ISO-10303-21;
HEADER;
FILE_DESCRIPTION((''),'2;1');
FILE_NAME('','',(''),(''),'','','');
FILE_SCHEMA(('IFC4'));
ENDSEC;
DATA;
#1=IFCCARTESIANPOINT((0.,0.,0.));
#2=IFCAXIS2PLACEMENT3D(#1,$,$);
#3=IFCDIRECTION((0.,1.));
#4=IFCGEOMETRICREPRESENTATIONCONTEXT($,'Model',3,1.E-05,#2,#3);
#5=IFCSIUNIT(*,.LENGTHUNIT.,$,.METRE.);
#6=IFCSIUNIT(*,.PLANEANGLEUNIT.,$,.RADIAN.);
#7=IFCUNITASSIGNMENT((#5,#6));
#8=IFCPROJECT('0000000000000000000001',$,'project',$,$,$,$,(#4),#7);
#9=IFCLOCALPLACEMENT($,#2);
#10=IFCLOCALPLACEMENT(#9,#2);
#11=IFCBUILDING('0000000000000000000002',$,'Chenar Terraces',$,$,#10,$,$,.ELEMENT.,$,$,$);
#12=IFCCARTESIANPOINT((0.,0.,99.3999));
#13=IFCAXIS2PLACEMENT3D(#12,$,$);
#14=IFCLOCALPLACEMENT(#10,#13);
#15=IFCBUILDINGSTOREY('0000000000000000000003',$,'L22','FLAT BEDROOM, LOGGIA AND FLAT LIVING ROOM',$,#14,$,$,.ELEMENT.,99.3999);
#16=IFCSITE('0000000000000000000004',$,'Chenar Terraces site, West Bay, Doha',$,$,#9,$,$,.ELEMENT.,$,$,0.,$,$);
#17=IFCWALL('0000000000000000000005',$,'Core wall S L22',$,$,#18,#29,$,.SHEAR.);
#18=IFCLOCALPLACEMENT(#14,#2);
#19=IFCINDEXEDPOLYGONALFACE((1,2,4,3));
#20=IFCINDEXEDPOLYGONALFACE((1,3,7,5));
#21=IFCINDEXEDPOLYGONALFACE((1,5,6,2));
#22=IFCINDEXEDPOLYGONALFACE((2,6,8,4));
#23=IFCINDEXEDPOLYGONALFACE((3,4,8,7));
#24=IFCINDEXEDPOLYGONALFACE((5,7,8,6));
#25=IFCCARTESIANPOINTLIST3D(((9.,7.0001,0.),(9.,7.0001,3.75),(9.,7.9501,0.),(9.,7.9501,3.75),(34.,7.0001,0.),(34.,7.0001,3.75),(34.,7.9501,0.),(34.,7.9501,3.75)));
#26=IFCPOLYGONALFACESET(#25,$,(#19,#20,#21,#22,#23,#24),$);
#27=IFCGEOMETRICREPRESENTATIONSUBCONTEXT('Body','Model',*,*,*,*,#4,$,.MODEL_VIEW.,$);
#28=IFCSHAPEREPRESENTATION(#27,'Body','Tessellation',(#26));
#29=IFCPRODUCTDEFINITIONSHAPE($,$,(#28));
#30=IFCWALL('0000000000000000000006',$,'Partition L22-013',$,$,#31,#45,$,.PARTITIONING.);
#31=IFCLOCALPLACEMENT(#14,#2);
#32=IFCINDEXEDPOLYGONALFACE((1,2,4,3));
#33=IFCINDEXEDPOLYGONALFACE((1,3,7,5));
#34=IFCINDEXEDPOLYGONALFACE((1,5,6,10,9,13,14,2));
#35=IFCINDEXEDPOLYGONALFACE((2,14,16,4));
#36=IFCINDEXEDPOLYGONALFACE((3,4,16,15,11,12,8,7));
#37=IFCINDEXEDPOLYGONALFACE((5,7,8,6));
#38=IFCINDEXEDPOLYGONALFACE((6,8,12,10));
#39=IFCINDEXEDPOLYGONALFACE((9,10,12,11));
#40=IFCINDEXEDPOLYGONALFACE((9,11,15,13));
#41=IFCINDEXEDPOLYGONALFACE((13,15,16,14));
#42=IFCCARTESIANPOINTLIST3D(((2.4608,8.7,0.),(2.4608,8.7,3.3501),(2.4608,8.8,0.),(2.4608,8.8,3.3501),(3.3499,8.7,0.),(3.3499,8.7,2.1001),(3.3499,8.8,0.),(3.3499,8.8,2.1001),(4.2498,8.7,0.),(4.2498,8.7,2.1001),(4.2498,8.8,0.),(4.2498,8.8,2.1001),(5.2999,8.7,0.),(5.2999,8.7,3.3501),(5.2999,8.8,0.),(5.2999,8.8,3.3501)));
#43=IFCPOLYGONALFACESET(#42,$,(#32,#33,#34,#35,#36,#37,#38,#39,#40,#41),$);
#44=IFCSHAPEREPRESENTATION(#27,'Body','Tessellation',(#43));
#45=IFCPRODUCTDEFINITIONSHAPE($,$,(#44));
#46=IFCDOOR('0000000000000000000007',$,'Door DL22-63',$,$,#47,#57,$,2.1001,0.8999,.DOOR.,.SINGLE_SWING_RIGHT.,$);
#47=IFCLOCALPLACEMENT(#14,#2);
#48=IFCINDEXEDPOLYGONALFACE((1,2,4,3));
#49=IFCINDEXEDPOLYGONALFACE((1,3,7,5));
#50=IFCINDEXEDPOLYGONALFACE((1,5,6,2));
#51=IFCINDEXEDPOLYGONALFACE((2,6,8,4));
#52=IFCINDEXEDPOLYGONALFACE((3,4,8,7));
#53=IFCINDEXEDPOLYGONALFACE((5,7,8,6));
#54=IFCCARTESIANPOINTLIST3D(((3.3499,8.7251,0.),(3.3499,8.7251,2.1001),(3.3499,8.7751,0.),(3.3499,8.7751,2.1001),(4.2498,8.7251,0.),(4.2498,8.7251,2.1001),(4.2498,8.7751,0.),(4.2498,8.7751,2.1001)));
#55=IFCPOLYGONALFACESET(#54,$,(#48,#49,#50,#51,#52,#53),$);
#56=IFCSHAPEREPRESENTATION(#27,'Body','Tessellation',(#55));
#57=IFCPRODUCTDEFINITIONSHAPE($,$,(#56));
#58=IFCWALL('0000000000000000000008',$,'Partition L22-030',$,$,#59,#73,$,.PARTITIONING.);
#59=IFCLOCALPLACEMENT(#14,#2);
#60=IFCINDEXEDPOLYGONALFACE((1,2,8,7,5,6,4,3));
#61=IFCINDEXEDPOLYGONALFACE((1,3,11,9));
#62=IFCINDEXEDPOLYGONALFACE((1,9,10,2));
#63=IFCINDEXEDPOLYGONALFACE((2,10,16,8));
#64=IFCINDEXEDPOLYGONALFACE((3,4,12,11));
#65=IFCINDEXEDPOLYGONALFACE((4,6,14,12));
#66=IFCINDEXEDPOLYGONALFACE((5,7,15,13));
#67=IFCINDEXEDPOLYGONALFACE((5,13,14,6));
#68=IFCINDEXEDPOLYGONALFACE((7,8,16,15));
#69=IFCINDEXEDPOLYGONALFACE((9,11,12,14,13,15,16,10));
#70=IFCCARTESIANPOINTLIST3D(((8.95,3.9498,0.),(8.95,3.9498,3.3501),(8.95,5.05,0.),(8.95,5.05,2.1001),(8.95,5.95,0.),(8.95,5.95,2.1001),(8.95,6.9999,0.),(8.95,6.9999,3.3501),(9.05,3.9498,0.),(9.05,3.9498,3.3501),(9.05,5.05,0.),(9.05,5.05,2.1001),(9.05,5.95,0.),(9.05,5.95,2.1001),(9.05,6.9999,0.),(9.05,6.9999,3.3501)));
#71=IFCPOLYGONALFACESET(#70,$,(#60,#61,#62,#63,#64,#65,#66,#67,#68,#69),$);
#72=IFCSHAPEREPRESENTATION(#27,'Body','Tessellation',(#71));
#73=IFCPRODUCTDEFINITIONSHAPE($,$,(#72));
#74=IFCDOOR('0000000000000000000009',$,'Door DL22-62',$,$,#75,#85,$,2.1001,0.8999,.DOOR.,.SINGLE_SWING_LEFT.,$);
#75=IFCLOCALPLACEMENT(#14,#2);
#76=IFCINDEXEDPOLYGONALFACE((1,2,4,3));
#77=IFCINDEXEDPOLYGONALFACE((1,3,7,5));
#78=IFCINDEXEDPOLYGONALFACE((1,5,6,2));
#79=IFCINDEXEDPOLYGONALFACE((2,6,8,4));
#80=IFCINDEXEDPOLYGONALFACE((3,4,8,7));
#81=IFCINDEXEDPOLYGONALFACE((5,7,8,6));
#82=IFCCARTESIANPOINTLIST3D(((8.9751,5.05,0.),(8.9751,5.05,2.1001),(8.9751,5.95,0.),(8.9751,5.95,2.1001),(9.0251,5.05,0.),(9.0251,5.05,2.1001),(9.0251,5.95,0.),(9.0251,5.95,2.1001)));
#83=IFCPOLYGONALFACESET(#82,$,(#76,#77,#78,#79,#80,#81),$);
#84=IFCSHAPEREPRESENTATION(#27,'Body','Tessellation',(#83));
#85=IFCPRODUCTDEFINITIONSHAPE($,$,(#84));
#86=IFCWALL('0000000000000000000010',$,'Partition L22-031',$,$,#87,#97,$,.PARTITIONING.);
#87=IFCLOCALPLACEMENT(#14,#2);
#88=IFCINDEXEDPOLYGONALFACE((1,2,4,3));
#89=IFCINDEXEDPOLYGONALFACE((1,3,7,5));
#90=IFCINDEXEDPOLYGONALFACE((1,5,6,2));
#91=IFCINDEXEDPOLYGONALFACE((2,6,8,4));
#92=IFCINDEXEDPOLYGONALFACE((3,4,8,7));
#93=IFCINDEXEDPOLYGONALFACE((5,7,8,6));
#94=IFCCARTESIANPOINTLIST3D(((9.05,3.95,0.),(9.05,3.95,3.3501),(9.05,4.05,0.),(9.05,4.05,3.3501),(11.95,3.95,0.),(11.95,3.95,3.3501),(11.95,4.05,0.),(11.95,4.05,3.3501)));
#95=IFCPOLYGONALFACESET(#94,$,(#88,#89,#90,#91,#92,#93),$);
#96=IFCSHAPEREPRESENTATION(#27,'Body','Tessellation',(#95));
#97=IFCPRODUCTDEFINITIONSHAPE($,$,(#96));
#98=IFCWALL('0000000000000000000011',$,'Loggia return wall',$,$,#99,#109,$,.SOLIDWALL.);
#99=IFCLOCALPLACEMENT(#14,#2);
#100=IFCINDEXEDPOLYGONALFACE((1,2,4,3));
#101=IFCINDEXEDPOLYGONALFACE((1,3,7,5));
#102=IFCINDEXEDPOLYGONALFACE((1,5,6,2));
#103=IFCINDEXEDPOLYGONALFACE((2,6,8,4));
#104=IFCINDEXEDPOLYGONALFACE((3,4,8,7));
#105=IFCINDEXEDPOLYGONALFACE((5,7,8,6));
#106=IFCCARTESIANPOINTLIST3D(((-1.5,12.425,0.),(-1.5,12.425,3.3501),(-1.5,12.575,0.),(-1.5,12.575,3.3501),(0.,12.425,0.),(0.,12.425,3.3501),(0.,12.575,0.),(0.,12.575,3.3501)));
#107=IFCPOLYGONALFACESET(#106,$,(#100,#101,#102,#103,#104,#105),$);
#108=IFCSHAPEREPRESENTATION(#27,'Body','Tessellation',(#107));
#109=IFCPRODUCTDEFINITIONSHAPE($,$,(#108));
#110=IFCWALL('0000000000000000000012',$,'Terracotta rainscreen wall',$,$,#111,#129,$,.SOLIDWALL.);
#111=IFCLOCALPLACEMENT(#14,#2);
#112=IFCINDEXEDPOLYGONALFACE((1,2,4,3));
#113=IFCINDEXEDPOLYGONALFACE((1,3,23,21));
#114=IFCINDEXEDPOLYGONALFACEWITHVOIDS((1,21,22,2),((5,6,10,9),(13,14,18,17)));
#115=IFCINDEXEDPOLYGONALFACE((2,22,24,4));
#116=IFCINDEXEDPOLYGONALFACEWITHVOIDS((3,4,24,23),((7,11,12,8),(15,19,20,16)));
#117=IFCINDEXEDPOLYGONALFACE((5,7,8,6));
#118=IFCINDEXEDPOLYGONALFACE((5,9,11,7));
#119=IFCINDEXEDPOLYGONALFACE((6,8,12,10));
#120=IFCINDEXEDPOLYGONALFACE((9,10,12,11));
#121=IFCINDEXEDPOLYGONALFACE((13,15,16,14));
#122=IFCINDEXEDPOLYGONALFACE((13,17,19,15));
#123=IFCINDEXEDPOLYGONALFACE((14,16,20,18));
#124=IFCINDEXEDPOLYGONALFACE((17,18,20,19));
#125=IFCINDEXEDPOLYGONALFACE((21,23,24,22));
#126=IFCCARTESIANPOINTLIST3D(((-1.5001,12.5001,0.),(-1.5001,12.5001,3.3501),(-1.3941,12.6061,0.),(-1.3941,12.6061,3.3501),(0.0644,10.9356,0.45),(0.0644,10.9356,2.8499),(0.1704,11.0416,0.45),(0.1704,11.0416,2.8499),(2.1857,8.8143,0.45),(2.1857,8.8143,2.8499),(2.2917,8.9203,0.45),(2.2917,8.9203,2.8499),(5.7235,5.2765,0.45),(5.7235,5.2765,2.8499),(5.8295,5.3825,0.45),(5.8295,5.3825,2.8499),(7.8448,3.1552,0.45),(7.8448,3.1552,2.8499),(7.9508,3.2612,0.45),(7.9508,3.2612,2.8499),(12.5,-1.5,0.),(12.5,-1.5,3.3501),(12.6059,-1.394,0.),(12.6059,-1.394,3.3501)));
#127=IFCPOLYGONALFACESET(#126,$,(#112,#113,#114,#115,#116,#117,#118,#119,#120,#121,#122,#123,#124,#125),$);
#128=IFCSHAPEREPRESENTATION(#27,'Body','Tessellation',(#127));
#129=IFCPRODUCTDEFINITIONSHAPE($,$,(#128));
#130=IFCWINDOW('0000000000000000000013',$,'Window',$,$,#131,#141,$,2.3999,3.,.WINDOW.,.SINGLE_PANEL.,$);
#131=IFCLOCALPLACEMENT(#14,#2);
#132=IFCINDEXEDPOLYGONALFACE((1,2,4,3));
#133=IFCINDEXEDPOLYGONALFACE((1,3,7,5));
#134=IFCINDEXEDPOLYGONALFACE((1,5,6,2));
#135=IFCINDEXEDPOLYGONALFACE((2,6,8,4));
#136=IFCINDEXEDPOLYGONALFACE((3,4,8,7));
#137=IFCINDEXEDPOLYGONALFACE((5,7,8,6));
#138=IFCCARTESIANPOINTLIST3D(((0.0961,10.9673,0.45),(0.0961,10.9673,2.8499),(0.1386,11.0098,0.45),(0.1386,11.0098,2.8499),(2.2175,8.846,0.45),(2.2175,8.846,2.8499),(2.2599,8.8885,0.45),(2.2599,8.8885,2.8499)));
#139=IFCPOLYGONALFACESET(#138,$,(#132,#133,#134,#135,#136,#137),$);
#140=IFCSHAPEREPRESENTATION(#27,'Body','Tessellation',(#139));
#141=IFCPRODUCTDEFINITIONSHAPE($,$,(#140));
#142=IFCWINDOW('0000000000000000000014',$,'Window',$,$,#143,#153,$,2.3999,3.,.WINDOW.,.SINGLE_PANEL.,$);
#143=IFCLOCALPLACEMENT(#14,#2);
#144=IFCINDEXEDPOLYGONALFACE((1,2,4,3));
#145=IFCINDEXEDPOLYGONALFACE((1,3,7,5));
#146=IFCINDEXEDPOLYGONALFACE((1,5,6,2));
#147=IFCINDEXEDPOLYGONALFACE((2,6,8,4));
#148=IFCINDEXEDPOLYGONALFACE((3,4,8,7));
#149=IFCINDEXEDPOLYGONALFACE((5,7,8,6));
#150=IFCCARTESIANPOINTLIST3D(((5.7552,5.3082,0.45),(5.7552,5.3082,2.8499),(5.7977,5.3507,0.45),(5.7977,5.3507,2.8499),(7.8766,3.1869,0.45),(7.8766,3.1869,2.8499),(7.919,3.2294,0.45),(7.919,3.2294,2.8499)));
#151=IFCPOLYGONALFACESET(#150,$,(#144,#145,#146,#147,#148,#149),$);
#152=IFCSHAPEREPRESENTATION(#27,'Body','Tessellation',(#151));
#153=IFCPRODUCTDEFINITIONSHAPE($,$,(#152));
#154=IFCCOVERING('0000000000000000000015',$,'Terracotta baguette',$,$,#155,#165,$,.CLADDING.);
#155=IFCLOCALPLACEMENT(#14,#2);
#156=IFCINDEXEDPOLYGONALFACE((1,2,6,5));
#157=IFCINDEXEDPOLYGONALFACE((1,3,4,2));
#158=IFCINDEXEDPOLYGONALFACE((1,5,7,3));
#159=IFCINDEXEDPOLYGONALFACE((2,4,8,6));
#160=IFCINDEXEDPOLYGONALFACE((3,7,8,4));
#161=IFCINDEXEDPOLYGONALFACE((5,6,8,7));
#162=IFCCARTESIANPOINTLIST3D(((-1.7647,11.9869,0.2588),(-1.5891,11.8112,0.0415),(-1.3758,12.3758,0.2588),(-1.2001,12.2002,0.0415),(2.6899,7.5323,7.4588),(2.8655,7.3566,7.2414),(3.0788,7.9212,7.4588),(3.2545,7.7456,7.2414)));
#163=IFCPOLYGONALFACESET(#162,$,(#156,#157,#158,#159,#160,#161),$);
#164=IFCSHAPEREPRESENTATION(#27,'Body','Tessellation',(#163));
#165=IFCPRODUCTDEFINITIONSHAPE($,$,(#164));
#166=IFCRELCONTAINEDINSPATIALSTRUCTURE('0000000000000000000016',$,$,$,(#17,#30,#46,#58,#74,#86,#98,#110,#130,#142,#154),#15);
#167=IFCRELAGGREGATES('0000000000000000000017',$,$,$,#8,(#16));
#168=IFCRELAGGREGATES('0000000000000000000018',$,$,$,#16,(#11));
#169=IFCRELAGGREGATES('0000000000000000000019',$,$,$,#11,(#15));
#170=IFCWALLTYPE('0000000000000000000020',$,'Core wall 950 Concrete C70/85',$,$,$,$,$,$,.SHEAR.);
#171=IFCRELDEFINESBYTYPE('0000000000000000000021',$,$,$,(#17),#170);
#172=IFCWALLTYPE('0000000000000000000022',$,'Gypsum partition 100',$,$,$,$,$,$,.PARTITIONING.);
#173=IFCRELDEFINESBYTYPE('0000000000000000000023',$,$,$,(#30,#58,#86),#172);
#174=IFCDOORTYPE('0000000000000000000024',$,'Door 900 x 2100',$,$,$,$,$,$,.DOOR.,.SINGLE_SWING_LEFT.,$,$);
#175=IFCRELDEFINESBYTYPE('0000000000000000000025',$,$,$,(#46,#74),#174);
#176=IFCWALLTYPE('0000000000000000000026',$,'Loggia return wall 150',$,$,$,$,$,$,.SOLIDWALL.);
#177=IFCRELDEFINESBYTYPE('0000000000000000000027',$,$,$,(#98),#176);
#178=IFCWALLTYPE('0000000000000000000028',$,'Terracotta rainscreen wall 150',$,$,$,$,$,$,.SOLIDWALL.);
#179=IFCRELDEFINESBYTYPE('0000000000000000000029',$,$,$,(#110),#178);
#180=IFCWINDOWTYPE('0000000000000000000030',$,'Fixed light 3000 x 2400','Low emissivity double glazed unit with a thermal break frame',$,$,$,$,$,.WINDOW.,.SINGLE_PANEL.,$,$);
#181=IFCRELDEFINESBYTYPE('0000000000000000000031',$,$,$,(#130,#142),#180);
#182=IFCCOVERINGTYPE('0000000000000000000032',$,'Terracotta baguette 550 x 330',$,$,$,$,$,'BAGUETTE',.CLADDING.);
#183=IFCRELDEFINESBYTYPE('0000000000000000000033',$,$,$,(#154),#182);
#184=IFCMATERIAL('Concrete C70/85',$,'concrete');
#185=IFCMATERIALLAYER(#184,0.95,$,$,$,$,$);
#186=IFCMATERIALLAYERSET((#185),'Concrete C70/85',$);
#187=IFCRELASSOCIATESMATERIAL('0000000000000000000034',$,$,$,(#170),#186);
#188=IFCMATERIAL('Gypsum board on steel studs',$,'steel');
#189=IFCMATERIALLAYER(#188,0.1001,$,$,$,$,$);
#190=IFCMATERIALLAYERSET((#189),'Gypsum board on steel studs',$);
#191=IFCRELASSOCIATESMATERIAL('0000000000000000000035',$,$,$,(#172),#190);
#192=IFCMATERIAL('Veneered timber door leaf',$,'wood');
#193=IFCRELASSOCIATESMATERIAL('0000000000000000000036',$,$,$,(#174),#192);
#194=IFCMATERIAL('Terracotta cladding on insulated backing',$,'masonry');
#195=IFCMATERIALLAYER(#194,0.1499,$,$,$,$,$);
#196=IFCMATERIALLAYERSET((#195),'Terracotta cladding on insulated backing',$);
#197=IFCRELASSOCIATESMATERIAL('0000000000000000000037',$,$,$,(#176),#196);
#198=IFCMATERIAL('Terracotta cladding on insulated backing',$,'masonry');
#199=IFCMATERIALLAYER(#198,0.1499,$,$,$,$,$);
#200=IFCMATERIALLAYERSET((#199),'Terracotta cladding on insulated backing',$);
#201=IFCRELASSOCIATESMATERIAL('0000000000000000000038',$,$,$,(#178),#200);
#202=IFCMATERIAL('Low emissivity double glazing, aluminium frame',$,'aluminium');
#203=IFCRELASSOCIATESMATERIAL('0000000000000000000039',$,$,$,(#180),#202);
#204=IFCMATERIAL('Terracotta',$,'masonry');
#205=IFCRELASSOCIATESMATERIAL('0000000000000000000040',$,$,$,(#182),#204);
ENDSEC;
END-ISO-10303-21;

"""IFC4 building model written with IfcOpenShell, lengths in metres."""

from ifc_helpers import new_model, si_unit, direction, frame, frame_2d, origin, origin_2d, place, context, subcontext, project, spatial, rectangle, extrude, material, layer, layer_set, material_profile, profile_set, type_object, element, fill, save


model = new_model("IFC4")

# Units and contexts
model_context = context("Model", 3, precision=1e-05, world=origin(), true_north=direction((0.0, 1.0)))
body_context = subcontext(model_context, "Body", "Model", "MODEL_VIEW")
ifc_project = project(units=[si_unit("LENGTHUNIT", "METRE"), si_unit("PLANEANGLEUNIT", "RADIAN")], contexts=[model_context])

# Site, building, storey
site_placement = place(None, origin())
site = spatial("IfcSite", under=ifc_project, at=site_placement, Name="Chenar Terraces site, West Bay, Doha", CompositionType="ELEMENT", RefElevation=0.0)
building_placement = place(site_placement, origin())
building = spatial("IfcBuilding", under=site, at=building_placement, Name="Chenar Terraces", CompositionType="ELEMENT")
storey_placement = place(building_placement, frame((0.0, 0.0, 99.3999)))
storey = spatial("IfcBuildingStorey", under=building, at=storey_placement, Name="L22", Description="FLAT BEDROOM, LOGGIA AND FLAT LIVING ROOM", CompositionType="ELEMENT", Elevation=99.3999)

# Wall
ifc_material_1 = material(Name="Concrete C70/85", Category="concrete")
ifc_layer_1 = layer(ifc_material_1, 0.95)
ifc_layer_set_1 = layer_set([ifc_layer_1], Name="Concrete C70/85")
wall_type_1 = type_object("IfcWallType", Name="Core wall 950 Concrete C70/85", PredefinedType="SHEAR", material=ifc_layer_set_1)
wall_1_placement = place(storey_placement, frame((9.0, 7.4751, 0.0), z_axis=(0.0, 0.0, 1.0), x_axis=(1.0, 0.0, 0.0)))
element("IfcWall", 1, at=wall_1_placement, inside=storey, type_object=wall_type_1, Name="Core wall S L22", PredefinedType="SHEAR", context=body_context, shape_type="SweptSolid", body=[
    extrude(rectangle(XDim=25.0, YDim=0.95, at=frame_2d((12.5, 0.0))), origin(), (0.0, 0.0, 1.0), 3.75),
])

# Walls, openings, doors
ifc_material_2 = material(Name="Gypsum board on steel studs", Category="steel")
ifc_layer_2 = layer(ifc_material_2, 0.1001)
ifc_layer_set_2 = layer_set([ifc_layer_2], Name="Gypsum board on steel studs")
wall_type_2 = type_object("IfcWallType", Name="Gypsum partition 100", PredefinedType="PARTITIONING", material=ifc_layer_set_2)
wall_2_placement = place(storey_placement, frame((2.4609, 8.75, 0.0), z_axis=(0.0, 0.0, 1.0), x_axis=(1.0, 0.0, 0.0)))
wall_2 = element("IfcWall", 2, at=wall_2_placement, inside=storey, type_object=wall_type_2, Name="Partition L22-013", PredefinedType="PARTITIONING", context=body_context, shape_type="SweptSolid", body=[
    extrude(rectangle(XDim=2.8391, YDim=0.1001, at=frame_2d((1.4194, 0.0))), origin(), (0.0, 0.0, 1.0), 3.3501),
])
opening_1_placement = place(wall_2_placement, frame((0.8889, 0.0, 0.0)))
opening_1 = element("IfcOpeningElement", 3, at=opening_1_placement, cuts=wall_2, PredefinedType="OPENING", context=body_context, shape_type="SweptSolid", body=[
    extrude(rectangle(XDim=0.8999, YDim=2.1001, at=frame_2d((0.45, 1.05))), frame((0.0, 0.0601, 0.0), z_axis=(0.0, -1.0, 0.0), x_axis=(1.0, 0.0, 0.0)), (0.0, 0.0, 1.0), 0.1201),
])
ifc_material_3 = material(Name="Veneered timber door leaf", Category="wood")
door_type_1 = type_object("IfcDoorType", Name="Door 900 x 2100", OperationType="SINGLE_SWING_LEFT", PredefinedType="DOOR", material=ifc_material_3)
door_1_placement = place(opening_1_placement, frame((0.8999, 0.0, 0.0), z_axis=(0.0, 0.0, 1.0), x_axis=(-1.0, 0.0, 0.0)))
door_1 = element("IfcDoor", 4, at=door_1_placement, inside=storey, type_object=door_type_1, Name="Door DL22-63", OperationType="SINGLE_SWING_RIGHT", OverallHeight=2.1001, OverallWidth=0.8999, PredefinedType="DOOR", context=body_context, shape_type="SweptSolid", body=[
    extrude(rectangle(XDim=0.8999, YDim=2.1001, at=frame_2d((0.45, 1.05))), frame((0.0, 0.0249, 0.0), z_axis=(0.0, -1.0, 0.0), x_axis=(1.0, 0.0, 0.0)), (0.0, 0.0, 1.0), 0.05),
])
fill(opening_1, door_1)
wall_3_placement = place(storey_placement, frame((9.0, 3.95, 0.0), z_axis=(0.0, 0.0, 1.0), x_axis=(0.0, 1.0, 0.0)))
wall_3 = element("IfcWall", 5, at=wall_3_placement, inside=storey, type_object=wall_type_2, Name="Partition L22-030", PredefinedType="PARTITIONING", context=body_context, shape_type="SweptSolid", body=[
    extrude(rectangle(XDim=3.05, YDim=0.1001, at=frame_2d((1.5249, 0.0))), origin(), (0.0, 0.0, 1.0), 3.3501),
])
opening_2_placement = place(wall_3_placement, frame((1.1001, 0.0, 0.0)))
opening_2 = element("IfcOpeningElement", 6, at=opening_2_placement, cuts=wall_3, PredefinedType="OPENING", context=body_context, shape_type="SweptSolid", body=[
    extrude(rectangle(XDim=0.8999, YDim=2.1001, at=frame_2d((0.45, 1.05))), frame((0.0, 0.0601, 0.0), z_axis=(0.0, -1.0, 0.0), x_axis=(1.0, 0.0, 0.0)), (0.0, 0.0, 1.0), 0.1201),
])
door_2_placement = place(opening_2_placement, origin())
door_2 = element("IfcDoor", 7, at=door_2_placement, inside=storey, type_object=door_type_1, Name="Door DL22-62", OperationType="SINGLE_SWING_LEFT", OverallHeight=2.1001, OverallWidth=0.8999, PredefinedType="DOOR", context=body_context, shape_type="SweptSolid", body=[
    extrude(rectangle(XDim=0.8999, YDim=2.1001, at=frame_2d((0.45, 1.05))), frame((0.0, 0.0249, 0.0), z_axis=(0.0, -1.0, 0.0), x_axis=(1.0, 0.0, 0.0)), (0.0, 0.0, 1.0), 0.05),
])
fill(opening_2, door_2)

# Walls
wall_4_placement = place(storey_placement, frame((9.05, 4.0, 0.0), z_axis=(0.0, 0.0, 1.0), x_axis=(1.0, 0.0, 0.0)))
element("IfcWall", 8, at=wall_4_placement, inside=storey, type_object=wall_type_2, Name="Partition L22-031", PredefinedType="PARTITIONING", context=body_context, shape_type="SweptSolid", body=[
    extrude(rectangle(XDim=2.8999, YDim=0.1001, at=frame_2d((1.45, 0.0))), origin(), (0.0, 0.0, 1.0), 3.3501),
])
ifc_material_4 = material(Name="Terracotta cladding on insulated backing", Category="masonry")
ifc_layer_3 = layer(ifc_material_4, 0.1499)
ifc_layer_set_3 = layer_set([ifc_layer_3], Name="Terracotta cladding on insulated backing")
wall_type_3 = type_object("IfcWallType", Name="Loggia return wall 150", PredefinedType="SOLIDWALL", material=ifc_layer_set_3)
wall_5_placement = place(storey_placement, frame((-1.5, 12.5, 0.0), z_axis=(0.0, 0.0, 1.0), x_axis=(1.0, 0.0, 0.0)))
element("IfcWall", 9, at=wall_5_placement, inside=storey, type_object=wall_type_3, Name="Loggia return wall", PredefinedType="SOLIDWALL", context=body_context, shape_type="SweptSolid", body=[
    extrude(rectangle(XDim=1.5, YDim=0.1499, at=frame_2d((0.75, 0.0))), origin(), (0.0, 0.0, 1.0), 3.3501),
])

# Wall, openings, windows
ifc_material_5 = material(Name="Terracotta cladding on insulated backing", Category="masonry")
ifc_layer_4 = layer(ifc_material_5, 0.1499)
ifc_layer_set_4 = layer_set([ifc_layer_4], Name="Terracotta cladding on insulated backing")
wall_type_4 = type_object("IfcWallType", Name="Terracotta rainscreen wall 150", PredefinedType="SOLIDWALL", material=ifc_layer_set_4)
wall_6_placement = place(storey_placement, frame((-1.447, 12.553, 0.0), z_axis=(0.0, 0.0, 1.0), x_axis=(0.707107, -0.707107, 0.0)))
wall_6 = element("IfcWall", 10, at=wall_6_placement, inside=storey, type_object=wall_type_4, Name="Terracotta rainscreen wall", PredefinedType="SOLIDWALL", context=body_context, shape_type="SweptSolid", body=[
    extrude(rectangle(XDim=19.7991, YDim=0.1499, at=frame_2d((9.8994, 0.0))), origin(), (0.0, 0.0, 1.0), 3.3501),
])
opening_3_placement = place(wall_6_placement, frame((2.2124, 0.0, 0.45)))
opening_3 = element("IfcOpeningElement", 11, at=opening_3_placement, cuts=wall_6, PredefinedType="OPENING", context=body_context, shape_type="SweptSolid", body=[
    extrude(rectangle(XDim=3.0, YDim=2.3999, at=frame_2d((1.5, 1.2))), frame((0.0, 0.085, 0.0), z_axis=(0.0, -1.0, 0.0), x_axis=(1.0, 0.0, 0.0)), (0.0, 0.0, 1.0), 0.1699),
])
opening_4_placement = place(wall_6_placement, frame((10.2156, 0.0, 0.45)))
opening_4 = element("IfcOpeningElement", 12, at=opening_4_placement, cuts=wall_6, PredefinedType="OPENING", context=body_context, shape_type="SweptSolid", body=[
    extrude(rectangle(XDim=3.0, YDim=2.3999, at=frame_2d((1.5, 1.2))), frame((0.0, 0.085, 0.0), z_axis=(0.0, -1.0, 0.0), x_axis=(1.0, 0.0, 0.0)), (0.0, 0.0, 1.0), 0.1699),
])
ifc_material_6 = material(Name="Low emissivity double glazing, aluminium frame", Category="aluminium")
window_type = type_object("IfcWindowType", Name="Fixed light 3000 x 2400", Description="Low emissivity double glazed unit with a thermal break frame", PartitioningType="SINGLE_PANEL", PredefinedType="WINDOW", material=ifc_material_6)
window_1_placement = place(opening_3_placement, origin())
window_1 = element("IfcWindow", 13, at=window_1_placement, inside=storey, type_object=window_type, Name="Window", OverallHeight=2.3999, OverallWidth=3.0, PartitioningType="SINGLE_PANEL", PredefinedType="WINDOW", context=body_context, shape_type="SweptSolid", body=[
    extrude(rectangle(XDim=3.0, YDim=2.3999, at=frame_2d((1.5, 1.2))), frame((0.0, 0.03, 0.0), z_axis=(0.0, -1.0, 0.0), x_axis=(1.0, 0.0, 0.0)), (0.0, 0.0, 1.0), 0.0601),
])
fill(opening_3, window_1)
window_2_placement = place(opening_4_placement, origin())
window_2 = element("IfcWindow", 14, at=window_2_placement, inside=storey, type_object=window_type, Name="Window", OverallHeight=2.3999, OverallWidth=3.0, PartitioningType="SINGLE_PANEL", PredefinedType="WINDOW", context=body_context, shape_type="SweptSolid", body=[
    extrude(rectangle(XDim=3.0, YDim=2.3999, at=frame_2d((1.5, 1.2))), frame((0.0, 0.03, 0.0), z_axis=(0.0, -1.0, 0.0), x_axis=(1.0, 0.0, 0.0)), (0.0, 0.0, 1.0), 0.0601),
])
fill(opening_4, window_2)

# Covering
ifc_material_7 = material(Name="Terracotta", Category="masonry")
ifc_material_profile = material_profile(ifc_material_7, rectangle(XDim=0.55, YDim=0.3301, at=origin_2d()), Name="Terracotta baguette 550 x 330")
ifc_profile_set = profile_set([ifc_material_profile], Name="Terracotta")
covering_type = type_object("IfcCoveringType", Name="Terracotta baguette 550 x 330", ElementType="BAGUETTE", PredefinedType="CLADDING", material=ifc_profile_set)
covering_1_placement = place(storey_placement, frame((-1.4824, 12.0935, 0.1501), z_axis=(0.465624, -0.465624, 0.752588), x_axis=(0.707107, 0.707107, 0.0)))
element("IfcCovering", 15, at=covering_1_placement, inside=storey, type_object=covering_type, Name="Terracotta baguette", PredefinedType="CLADDING", context=body_context, shape_type="SweptSolid", body=[
    extrude(rectangle(XDim=0.55, YDim=0.3301, at=origin_2d()), origin(), (0.0, 0.0, 1.0), 9.5669),
])

save(model, "model.ifc")
